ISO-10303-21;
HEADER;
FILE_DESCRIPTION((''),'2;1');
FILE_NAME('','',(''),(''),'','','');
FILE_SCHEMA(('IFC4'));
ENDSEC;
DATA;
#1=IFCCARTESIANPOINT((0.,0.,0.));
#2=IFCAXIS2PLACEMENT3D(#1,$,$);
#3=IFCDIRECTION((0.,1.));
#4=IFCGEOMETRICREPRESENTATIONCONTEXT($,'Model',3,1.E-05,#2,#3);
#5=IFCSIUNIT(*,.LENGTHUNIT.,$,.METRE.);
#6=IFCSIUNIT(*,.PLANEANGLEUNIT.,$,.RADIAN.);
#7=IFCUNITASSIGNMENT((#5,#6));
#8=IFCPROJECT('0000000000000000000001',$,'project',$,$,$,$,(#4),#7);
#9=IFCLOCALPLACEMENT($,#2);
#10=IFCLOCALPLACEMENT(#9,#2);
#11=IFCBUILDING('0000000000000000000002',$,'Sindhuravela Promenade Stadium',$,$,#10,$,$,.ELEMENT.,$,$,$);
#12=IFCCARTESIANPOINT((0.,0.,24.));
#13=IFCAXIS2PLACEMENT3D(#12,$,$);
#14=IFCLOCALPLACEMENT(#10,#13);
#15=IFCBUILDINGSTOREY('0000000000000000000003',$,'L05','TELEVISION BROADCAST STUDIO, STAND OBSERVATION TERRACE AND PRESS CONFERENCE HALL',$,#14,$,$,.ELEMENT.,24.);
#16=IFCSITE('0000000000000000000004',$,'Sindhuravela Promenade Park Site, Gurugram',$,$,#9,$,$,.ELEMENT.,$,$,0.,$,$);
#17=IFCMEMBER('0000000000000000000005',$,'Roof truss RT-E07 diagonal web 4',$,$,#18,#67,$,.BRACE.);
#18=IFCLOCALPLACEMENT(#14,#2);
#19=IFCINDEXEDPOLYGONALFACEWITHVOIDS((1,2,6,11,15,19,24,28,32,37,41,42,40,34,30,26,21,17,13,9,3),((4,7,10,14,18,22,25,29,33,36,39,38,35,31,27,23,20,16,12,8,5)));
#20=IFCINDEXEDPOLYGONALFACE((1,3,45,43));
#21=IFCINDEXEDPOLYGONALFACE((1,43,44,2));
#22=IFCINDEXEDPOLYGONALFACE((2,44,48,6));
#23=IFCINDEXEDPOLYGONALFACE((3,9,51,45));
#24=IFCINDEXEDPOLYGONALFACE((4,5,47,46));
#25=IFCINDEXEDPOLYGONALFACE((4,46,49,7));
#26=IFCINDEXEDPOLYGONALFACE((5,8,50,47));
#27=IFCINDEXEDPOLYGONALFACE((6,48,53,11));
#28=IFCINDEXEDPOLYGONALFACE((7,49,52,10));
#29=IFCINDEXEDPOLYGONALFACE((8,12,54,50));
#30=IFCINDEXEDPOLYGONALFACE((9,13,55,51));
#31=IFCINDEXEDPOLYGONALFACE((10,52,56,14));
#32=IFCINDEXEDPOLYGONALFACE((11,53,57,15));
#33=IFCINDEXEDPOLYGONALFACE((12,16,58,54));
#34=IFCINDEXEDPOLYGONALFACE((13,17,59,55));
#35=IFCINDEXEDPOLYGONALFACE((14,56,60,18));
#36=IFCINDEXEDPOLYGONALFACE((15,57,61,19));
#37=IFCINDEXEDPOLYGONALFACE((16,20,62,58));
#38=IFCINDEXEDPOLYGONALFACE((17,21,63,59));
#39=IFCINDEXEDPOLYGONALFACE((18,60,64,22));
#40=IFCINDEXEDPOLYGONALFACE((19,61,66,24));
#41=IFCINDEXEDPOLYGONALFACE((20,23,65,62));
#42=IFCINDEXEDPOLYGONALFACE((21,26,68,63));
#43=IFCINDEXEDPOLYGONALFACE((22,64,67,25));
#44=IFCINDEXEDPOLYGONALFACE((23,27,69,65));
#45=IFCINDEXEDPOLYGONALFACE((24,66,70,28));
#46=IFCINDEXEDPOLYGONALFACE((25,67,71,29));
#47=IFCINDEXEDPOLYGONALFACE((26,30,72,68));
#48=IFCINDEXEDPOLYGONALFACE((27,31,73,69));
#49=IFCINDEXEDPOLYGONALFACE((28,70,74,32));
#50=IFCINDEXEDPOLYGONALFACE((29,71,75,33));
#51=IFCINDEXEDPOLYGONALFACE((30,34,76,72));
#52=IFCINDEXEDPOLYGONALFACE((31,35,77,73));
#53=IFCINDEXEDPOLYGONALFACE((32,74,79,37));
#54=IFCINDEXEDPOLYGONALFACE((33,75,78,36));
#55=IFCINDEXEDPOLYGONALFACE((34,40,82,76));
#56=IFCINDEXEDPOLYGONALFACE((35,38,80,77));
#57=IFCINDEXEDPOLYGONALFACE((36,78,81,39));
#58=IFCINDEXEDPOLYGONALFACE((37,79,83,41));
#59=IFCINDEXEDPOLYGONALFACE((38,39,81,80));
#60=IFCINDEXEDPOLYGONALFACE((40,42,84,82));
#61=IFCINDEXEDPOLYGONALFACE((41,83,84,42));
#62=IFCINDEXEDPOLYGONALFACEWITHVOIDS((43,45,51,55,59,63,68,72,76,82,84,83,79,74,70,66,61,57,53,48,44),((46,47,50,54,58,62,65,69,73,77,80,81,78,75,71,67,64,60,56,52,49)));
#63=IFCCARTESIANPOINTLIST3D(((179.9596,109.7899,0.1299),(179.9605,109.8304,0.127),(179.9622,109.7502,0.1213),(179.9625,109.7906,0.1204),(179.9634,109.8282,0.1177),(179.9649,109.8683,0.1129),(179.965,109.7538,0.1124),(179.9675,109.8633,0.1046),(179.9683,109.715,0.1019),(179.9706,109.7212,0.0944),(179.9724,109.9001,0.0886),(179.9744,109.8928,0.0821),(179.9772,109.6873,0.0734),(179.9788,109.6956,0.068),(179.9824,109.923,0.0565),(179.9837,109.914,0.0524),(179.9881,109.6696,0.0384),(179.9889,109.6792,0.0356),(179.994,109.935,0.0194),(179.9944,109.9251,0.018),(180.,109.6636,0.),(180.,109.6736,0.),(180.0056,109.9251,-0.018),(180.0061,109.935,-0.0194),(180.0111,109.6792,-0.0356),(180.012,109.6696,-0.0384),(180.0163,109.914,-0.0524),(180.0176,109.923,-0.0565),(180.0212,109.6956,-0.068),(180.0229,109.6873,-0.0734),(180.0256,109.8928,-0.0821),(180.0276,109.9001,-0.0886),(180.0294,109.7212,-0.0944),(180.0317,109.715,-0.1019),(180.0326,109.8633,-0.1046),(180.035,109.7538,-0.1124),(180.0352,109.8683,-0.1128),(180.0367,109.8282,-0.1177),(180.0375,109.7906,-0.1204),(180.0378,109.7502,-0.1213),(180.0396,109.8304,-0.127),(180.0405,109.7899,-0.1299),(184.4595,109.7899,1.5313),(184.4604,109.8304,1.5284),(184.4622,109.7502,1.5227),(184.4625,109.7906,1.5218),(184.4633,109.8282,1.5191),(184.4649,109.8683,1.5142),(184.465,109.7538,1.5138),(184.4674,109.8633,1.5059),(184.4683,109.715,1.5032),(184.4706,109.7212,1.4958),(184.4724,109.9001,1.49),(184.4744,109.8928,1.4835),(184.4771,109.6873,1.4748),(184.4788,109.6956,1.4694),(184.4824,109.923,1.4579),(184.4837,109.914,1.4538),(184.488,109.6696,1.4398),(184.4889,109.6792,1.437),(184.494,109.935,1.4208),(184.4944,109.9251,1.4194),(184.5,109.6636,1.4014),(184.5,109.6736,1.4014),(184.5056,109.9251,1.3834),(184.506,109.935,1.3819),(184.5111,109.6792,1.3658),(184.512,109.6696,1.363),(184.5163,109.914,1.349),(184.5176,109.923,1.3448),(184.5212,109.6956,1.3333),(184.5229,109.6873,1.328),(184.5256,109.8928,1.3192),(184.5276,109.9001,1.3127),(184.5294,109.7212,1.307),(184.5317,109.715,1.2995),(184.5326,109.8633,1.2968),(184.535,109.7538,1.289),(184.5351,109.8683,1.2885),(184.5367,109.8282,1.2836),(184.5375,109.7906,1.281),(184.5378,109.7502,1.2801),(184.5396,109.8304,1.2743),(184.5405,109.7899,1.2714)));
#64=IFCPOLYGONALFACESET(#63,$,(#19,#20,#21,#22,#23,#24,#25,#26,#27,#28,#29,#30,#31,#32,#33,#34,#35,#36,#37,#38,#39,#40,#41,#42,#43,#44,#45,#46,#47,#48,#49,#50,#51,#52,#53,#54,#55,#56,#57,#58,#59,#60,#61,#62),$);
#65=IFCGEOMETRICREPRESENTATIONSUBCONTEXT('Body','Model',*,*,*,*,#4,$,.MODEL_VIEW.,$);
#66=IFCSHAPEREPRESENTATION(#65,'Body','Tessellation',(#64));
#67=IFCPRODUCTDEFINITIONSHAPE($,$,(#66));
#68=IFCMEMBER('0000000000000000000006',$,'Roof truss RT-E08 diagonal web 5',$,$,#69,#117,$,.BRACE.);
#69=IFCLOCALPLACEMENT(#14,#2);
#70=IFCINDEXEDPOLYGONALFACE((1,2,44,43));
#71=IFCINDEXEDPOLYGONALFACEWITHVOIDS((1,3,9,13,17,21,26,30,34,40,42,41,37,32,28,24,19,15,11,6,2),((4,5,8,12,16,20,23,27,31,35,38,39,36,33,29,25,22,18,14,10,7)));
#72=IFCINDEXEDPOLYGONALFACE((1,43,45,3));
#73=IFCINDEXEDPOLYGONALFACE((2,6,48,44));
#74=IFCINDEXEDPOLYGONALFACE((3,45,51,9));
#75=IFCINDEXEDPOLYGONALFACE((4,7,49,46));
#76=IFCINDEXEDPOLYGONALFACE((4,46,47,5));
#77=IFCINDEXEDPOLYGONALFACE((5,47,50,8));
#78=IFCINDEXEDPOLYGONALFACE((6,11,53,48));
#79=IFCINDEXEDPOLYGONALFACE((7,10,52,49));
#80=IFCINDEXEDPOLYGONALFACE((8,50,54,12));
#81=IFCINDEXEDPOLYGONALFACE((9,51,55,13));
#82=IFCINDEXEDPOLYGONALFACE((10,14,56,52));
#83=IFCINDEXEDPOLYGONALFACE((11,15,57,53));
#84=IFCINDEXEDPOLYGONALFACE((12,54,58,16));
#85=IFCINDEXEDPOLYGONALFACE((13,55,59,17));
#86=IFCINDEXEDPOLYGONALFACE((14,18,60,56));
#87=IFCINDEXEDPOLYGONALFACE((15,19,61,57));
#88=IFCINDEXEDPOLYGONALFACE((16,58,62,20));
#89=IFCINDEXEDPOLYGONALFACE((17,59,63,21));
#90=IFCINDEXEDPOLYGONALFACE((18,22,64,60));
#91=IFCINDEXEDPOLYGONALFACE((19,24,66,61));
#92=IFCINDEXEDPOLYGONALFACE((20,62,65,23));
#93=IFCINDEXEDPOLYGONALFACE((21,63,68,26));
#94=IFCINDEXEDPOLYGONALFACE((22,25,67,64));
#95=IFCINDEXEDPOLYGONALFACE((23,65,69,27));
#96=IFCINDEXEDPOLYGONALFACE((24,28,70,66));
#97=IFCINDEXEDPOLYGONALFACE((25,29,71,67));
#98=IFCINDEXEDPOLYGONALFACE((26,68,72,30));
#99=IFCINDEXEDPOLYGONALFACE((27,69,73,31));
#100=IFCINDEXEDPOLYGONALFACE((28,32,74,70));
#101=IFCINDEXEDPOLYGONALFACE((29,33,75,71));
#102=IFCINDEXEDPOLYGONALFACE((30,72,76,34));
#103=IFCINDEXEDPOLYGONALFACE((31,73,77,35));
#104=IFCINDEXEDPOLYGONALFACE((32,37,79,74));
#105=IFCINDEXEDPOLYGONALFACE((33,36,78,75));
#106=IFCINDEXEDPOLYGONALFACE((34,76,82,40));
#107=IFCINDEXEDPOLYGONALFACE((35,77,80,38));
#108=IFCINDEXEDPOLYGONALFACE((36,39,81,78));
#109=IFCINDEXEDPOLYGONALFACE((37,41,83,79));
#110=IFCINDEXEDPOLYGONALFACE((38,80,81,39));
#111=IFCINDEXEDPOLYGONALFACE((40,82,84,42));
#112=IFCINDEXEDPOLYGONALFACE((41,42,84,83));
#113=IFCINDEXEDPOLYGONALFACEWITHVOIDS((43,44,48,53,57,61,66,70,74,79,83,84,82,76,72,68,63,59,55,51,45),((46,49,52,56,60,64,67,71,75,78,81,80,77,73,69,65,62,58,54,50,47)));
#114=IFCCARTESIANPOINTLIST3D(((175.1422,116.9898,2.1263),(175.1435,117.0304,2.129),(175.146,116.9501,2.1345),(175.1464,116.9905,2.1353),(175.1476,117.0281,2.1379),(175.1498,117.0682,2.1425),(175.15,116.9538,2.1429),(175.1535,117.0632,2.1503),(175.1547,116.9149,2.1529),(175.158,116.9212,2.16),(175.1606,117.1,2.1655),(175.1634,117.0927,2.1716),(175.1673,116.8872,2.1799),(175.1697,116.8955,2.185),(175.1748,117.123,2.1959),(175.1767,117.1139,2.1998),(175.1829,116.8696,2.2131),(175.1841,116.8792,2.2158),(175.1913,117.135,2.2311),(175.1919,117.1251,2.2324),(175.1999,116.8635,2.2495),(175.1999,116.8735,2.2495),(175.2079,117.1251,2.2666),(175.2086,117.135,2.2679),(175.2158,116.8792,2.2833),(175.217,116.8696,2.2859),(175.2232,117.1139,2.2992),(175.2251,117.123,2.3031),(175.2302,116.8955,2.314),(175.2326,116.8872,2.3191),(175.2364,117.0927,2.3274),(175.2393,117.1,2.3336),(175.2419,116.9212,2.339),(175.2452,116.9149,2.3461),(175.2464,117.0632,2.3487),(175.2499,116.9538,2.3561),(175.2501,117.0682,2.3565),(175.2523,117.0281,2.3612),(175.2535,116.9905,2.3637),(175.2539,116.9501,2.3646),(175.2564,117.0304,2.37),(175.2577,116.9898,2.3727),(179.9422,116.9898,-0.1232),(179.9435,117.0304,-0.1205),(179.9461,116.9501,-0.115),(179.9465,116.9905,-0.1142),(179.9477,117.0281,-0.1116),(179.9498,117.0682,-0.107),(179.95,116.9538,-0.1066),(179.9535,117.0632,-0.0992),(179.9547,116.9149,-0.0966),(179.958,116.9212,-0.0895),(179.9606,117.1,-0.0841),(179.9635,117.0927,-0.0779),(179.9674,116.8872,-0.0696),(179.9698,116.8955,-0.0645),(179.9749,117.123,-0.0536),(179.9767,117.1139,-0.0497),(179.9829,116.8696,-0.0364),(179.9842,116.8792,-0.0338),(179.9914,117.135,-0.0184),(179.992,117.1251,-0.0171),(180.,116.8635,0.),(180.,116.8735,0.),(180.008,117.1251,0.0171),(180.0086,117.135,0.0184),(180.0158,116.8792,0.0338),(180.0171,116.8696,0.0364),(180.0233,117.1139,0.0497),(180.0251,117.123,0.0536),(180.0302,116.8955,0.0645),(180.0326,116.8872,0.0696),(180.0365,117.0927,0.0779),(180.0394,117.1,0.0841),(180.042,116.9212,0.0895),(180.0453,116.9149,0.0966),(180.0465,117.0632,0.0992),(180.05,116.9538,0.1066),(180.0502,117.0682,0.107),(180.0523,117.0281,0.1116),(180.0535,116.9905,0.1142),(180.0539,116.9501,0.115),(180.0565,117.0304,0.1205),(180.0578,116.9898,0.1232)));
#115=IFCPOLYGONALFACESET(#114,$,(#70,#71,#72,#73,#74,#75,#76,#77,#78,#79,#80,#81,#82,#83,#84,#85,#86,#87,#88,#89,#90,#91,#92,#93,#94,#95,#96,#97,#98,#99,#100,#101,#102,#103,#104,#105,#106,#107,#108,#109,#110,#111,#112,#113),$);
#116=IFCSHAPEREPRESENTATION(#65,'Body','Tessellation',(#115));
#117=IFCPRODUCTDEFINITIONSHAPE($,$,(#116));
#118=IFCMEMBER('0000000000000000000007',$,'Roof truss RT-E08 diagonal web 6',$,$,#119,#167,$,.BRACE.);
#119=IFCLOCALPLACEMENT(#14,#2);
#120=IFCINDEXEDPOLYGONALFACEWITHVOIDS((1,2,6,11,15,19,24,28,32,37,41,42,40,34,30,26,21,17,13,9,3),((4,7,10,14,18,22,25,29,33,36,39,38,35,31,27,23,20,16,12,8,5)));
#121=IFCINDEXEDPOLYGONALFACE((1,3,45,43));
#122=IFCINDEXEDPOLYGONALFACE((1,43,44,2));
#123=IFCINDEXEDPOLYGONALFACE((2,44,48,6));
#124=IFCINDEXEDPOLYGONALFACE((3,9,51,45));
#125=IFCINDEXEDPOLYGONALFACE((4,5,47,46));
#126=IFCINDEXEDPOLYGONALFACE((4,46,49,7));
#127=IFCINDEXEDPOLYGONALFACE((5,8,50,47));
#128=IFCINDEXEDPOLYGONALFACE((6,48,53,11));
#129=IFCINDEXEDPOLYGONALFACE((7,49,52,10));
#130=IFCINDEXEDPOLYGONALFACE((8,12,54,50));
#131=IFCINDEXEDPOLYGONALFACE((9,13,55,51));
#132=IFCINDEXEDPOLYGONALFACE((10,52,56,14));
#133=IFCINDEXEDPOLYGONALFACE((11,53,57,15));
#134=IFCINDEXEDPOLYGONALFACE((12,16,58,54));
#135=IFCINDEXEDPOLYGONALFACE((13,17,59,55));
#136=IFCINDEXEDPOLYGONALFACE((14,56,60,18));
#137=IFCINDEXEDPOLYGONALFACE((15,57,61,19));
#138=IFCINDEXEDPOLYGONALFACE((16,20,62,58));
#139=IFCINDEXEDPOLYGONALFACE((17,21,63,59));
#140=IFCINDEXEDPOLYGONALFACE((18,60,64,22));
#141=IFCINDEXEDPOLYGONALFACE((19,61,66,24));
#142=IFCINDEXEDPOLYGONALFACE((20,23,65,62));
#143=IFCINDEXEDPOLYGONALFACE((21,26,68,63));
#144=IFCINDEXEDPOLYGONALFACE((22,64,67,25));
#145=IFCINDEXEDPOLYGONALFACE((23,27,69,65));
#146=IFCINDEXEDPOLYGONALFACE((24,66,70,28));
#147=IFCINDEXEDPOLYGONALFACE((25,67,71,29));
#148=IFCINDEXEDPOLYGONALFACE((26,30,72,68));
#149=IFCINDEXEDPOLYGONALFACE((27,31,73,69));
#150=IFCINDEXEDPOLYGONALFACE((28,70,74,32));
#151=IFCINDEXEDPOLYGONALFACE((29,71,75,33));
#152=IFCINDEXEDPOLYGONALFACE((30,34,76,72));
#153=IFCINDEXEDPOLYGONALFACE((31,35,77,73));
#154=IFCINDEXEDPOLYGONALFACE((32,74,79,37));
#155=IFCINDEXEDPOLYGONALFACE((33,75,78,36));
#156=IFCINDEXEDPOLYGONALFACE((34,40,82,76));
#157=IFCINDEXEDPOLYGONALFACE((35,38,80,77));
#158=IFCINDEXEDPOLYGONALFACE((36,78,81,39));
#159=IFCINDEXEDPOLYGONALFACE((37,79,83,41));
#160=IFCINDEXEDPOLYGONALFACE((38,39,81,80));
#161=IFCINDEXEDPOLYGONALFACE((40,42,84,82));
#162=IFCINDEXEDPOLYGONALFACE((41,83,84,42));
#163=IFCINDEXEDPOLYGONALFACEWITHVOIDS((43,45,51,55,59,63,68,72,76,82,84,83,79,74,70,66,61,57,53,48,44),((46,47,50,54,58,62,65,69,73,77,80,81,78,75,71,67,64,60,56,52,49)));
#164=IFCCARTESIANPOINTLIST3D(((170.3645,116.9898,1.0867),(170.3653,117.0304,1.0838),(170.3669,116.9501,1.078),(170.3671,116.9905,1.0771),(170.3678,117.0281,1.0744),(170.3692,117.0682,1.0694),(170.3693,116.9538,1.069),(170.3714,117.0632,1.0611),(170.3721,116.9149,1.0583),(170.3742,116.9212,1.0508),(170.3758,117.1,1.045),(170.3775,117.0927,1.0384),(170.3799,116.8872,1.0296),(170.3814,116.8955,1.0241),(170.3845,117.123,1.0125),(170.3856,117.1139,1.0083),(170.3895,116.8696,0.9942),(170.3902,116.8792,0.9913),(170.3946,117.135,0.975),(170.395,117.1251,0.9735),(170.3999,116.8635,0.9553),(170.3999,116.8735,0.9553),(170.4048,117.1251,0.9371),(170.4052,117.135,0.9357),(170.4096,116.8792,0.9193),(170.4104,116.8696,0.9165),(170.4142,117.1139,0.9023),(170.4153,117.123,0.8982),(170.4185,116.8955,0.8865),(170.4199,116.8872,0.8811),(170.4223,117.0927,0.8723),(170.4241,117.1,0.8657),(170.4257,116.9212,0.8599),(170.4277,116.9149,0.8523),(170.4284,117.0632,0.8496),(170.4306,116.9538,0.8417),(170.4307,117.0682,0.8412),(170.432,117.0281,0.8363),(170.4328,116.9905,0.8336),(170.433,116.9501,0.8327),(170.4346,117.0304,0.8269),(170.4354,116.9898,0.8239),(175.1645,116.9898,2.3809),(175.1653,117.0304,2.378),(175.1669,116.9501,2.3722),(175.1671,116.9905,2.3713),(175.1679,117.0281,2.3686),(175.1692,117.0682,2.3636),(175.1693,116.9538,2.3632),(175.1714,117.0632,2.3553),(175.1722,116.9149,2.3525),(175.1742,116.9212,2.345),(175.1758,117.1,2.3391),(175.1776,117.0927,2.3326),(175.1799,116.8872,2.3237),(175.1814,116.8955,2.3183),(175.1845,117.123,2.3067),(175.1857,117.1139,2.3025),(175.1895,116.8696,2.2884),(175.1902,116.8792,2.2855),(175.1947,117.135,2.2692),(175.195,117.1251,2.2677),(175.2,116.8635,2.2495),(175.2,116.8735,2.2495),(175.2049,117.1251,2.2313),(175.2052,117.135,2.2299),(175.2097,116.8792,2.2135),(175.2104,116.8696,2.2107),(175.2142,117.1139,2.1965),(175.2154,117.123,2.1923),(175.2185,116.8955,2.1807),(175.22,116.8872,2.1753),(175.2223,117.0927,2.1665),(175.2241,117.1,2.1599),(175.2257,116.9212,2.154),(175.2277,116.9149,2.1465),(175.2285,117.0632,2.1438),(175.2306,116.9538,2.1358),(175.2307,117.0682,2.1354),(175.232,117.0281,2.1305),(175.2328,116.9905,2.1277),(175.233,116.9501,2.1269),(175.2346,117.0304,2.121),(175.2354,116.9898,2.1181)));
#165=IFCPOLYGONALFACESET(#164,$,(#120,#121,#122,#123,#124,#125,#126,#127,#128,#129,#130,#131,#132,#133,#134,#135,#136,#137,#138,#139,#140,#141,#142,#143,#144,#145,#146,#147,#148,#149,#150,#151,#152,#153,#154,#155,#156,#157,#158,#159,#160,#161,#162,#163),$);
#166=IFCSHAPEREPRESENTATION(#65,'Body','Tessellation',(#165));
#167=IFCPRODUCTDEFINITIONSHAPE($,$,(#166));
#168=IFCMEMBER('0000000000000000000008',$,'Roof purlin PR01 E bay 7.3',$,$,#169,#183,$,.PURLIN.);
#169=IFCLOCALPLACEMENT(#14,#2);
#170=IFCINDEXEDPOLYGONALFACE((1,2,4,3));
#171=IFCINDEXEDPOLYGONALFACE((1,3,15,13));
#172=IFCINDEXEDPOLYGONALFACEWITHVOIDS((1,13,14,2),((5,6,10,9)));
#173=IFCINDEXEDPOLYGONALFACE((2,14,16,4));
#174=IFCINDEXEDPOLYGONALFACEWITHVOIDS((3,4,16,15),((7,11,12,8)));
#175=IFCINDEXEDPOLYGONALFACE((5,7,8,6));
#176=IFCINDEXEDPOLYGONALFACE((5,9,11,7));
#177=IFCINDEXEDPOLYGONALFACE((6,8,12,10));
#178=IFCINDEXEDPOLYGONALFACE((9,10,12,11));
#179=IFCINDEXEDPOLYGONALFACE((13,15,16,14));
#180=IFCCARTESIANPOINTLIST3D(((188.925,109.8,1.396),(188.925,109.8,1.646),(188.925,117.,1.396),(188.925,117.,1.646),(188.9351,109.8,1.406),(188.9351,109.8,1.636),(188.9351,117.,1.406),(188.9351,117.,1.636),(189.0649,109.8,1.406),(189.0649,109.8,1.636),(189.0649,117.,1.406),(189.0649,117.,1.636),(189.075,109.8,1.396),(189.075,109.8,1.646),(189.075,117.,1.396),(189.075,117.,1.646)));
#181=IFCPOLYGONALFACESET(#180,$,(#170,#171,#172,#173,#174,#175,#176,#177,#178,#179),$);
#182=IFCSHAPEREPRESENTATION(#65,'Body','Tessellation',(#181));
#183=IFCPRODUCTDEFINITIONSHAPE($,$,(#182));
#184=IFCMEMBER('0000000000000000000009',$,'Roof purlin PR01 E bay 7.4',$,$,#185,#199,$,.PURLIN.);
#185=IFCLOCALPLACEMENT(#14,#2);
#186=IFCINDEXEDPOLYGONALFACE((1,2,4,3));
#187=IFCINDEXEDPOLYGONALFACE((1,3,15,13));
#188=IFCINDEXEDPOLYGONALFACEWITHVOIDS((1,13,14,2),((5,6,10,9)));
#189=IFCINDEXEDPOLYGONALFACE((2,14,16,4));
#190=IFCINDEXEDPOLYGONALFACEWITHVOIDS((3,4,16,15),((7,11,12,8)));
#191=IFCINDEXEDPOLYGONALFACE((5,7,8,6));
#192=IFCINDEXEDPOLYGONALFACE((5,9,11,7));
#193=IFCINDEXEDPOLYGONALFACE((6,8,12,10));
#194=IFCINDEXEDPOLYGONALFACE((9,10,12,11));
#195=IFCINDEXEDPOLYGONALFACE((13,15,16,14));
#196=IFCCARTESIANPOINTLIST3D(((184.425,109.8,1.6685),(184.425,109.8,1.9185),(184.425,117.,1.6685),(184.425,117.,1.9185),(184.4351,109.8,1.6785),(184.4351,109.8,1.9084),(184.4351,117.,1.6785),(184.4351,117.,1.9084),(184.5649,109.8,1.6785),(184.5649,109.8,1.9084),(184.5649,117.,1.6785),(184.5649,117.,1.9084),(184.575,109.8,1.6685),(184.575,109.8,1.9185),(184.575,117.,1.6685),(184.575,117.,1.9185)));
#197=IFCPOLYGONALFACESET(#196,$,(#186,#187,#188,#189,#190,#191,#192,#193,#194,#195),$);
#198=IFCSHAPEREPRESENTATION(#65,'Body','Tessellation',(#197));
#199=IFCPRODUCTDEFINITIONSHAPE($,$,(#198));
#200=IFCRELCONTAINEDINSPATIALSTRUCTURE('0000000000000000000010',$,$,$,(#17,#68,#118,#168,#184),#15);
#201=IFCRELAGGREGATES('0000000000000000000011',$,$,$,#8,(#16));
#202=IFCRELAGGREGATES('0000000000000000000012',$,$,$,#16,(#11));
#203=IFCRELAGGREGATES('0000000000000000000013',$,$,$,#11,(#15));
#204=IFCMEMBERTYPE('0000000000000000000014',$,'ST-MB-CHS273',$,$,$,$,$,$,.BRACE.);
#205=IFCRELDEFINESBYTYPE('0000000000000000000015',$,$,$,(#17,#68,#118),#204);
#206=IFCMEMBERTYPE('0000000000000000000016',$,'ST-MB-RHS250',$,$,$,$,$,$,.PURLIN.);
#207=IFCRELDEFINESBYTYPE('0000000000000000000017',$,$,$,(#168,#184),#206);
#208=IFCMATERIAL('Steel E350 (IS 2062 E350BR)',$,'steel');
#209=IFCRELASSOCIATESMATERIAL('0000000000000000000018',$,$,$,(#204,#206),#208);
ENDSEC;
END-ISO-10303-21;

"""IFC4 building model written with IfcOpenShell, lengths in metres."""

from ifc_helpers import new_model, si_unit, direction, frame, origin, origin_2d, place, context, subcontext, project, spatial, hollow_rectangle, hollow_circle, extrude, material, material_profile, profile_set, type_object, element, save


model = new_model("IFC4")

# Units and contexts
model_context = context("Model", 3, precision=1e-05, world=origin(), true_north=direction((0.0, 1.0)))
body_context = subcontext(model_context, "Body", "Model", "MODEL_VIEW")
ifc_project = project(units=[si_unit("LENGTHUNIT", "METRE"), si_unit("PLANEANGLEUNIT", "RADIAN")], contexts=[model_context])

# Site, building, storey
site_placement = place(None, origin())
site = spatial("IfcSite", under=ifc_project, at=site_placement, Name="Sindhuravela Promenade Park Site, Gurugram", CompositionType="ELEMENT", RefElevation=0.0)
building_placement = place(site_placement, origin())
building = spatial("IfcBuilding", under=site, at=building_placement, Name="Sindhuravela Promenade Stadium", CompositionType="ELEMENT")
storey_placement = place(building_placement, frame((0.0, 0.0, 24.0)))
storey = spatial("IfcBuildingStorey", under=building, at=storey_placement, Name="L05", Description="TELEVISION BROADCAST STUDIO, STAND OBSERVATION TERRACE AND PRESS CONFERENCE HALL", CompositionType="ELEMENT", Elevation=24.0)

# Shared definitions
ifc_material_1 = material(Name="Steel E350 (IS 2062 E350BR)", Category="steel")

# Members
ifc_material_profile_1 = material_profile(ifc_material_1, hollow_circle(Radius=0.1365, WallThickness=0.01, at=origin_2d()), Name="CHS 273.0x10")
ifc_profile_set_1 = profile_set([ifc_material_profile_1], Name="Steel E350 (IS 2062 E350BR)")
member_type_1 = type_object("IfcMemberType", Name="ST-MB-CHS273", PredefinedType="BRACE", material=ifc_profile_set_1)
for number, where, z_axis, x_axis, name in (
    (1, (184.5, 109.8, 1.4014), (-0.954774, 0.0, -0.297331), (0.0, -1.0, 0.0), "Roof truss RT-E07 diagonal web 4"),
):
    element("IfcMember", number, at=place(storey_placement, frame(where, z_axis=z_axis, x_axis=x_axis)), inside=storey, type_object=member_type_1, Name=name, PredefinedType="BRACE", context=body_context, shape_type="SweptSolid", body=[
        extrude(hollow_circle(Radius=0.1365, WallThickness=0.01, at=origin_2d()), origin(), (0.0, 0.0, 1.0), 4.7131),
    ])
member_1_placement = place(storey_placement, frame((180.0, 117.0, 0.0), z_axis=(-0.905496, 0.0, 0.424355), x_axis=(0.0, -1.0, 0.0)))
element("IfcMember", 2, at=member_1_placement, inside=storey, type_object=member_type_1, Name="Roof truss RT-E08 diagonal web 5", PredefinedType="BRACE", context=body_context, shape_type="SweptSolid", body=[
    extrude(hollow_circle(Radius=0.1365, WallThickness=0.01, at=origin_2d()), origin(), (0.0, 0.0, 1.0), 5.301),
])
member_2_placement = place(storey_placement, frame((175.2, 117.0, 2.2495), z_axis=(-0.965521, 0.0, -0.260324), x_axis=(0.0, -1.0, 0.0)))
element("IfcMember", 3, at=member_2_placement, inside=storey, type_object=member_type_1, Name="Roof truss RT-E08 diagonal web 6", PredefinedType="BRACE", context=body_context, shape_type="SweptSolid", body=[
    extrude(hollow_circle(Radius=0.1365, WallThickness=0.01, at=origin_2d()), origin(), (0.0, 0.0, 1.0), 4.9714),
])
ifc_material_profile_2 = material_profile(ifc_material_1, hollow_rectangle(XDim=0.1499, YDim=0.25, WallThickness=0.01, at=origin_2d()), Name="RHS 250x150x10")
ifc_profile_set_2 = profile_set([ifc_material_profile_2], Name="Steel E350 (IS 2062 E350BR)")
member_type_2 = type_object("IfcMemberType", Name="ST-MB-RHS250", PredefinedType="PURLIN", material=ifc_profile_set_2)
for number, where, z_axis, x_axis, name in (
    (4, (189.0, 109.8, 1.521), (0.0, 1.0, 0.0), (-1.0, 0.0, 0.0), "Roof purlin PR01 E bay 7.3"),
    (5, (184.5, 109.8, 1.7935), (0.0, 1.0, 0.0), (-1.0, 0.0, 0.0), "Roof purlin PR01 E bay 7.4"),
):
    element("IfcMember", number, at=place(storey_placement, frame(where, z_axis=z_axis, x_axis=x_axis)), inside=storey, type_object=member_type_2, Name=name, PredefinedType="PURLIN", context=body_context, shape_type="SweptSolid", body=[
        extrude(hollow_rectangle(XDim=0.1499, YDim=0.25, WallThickness=0.01, at=origin_2d()), origin(), (0.0, 0.0, 1.0), 7.2),
    ])

save(model, "model.ifc")
